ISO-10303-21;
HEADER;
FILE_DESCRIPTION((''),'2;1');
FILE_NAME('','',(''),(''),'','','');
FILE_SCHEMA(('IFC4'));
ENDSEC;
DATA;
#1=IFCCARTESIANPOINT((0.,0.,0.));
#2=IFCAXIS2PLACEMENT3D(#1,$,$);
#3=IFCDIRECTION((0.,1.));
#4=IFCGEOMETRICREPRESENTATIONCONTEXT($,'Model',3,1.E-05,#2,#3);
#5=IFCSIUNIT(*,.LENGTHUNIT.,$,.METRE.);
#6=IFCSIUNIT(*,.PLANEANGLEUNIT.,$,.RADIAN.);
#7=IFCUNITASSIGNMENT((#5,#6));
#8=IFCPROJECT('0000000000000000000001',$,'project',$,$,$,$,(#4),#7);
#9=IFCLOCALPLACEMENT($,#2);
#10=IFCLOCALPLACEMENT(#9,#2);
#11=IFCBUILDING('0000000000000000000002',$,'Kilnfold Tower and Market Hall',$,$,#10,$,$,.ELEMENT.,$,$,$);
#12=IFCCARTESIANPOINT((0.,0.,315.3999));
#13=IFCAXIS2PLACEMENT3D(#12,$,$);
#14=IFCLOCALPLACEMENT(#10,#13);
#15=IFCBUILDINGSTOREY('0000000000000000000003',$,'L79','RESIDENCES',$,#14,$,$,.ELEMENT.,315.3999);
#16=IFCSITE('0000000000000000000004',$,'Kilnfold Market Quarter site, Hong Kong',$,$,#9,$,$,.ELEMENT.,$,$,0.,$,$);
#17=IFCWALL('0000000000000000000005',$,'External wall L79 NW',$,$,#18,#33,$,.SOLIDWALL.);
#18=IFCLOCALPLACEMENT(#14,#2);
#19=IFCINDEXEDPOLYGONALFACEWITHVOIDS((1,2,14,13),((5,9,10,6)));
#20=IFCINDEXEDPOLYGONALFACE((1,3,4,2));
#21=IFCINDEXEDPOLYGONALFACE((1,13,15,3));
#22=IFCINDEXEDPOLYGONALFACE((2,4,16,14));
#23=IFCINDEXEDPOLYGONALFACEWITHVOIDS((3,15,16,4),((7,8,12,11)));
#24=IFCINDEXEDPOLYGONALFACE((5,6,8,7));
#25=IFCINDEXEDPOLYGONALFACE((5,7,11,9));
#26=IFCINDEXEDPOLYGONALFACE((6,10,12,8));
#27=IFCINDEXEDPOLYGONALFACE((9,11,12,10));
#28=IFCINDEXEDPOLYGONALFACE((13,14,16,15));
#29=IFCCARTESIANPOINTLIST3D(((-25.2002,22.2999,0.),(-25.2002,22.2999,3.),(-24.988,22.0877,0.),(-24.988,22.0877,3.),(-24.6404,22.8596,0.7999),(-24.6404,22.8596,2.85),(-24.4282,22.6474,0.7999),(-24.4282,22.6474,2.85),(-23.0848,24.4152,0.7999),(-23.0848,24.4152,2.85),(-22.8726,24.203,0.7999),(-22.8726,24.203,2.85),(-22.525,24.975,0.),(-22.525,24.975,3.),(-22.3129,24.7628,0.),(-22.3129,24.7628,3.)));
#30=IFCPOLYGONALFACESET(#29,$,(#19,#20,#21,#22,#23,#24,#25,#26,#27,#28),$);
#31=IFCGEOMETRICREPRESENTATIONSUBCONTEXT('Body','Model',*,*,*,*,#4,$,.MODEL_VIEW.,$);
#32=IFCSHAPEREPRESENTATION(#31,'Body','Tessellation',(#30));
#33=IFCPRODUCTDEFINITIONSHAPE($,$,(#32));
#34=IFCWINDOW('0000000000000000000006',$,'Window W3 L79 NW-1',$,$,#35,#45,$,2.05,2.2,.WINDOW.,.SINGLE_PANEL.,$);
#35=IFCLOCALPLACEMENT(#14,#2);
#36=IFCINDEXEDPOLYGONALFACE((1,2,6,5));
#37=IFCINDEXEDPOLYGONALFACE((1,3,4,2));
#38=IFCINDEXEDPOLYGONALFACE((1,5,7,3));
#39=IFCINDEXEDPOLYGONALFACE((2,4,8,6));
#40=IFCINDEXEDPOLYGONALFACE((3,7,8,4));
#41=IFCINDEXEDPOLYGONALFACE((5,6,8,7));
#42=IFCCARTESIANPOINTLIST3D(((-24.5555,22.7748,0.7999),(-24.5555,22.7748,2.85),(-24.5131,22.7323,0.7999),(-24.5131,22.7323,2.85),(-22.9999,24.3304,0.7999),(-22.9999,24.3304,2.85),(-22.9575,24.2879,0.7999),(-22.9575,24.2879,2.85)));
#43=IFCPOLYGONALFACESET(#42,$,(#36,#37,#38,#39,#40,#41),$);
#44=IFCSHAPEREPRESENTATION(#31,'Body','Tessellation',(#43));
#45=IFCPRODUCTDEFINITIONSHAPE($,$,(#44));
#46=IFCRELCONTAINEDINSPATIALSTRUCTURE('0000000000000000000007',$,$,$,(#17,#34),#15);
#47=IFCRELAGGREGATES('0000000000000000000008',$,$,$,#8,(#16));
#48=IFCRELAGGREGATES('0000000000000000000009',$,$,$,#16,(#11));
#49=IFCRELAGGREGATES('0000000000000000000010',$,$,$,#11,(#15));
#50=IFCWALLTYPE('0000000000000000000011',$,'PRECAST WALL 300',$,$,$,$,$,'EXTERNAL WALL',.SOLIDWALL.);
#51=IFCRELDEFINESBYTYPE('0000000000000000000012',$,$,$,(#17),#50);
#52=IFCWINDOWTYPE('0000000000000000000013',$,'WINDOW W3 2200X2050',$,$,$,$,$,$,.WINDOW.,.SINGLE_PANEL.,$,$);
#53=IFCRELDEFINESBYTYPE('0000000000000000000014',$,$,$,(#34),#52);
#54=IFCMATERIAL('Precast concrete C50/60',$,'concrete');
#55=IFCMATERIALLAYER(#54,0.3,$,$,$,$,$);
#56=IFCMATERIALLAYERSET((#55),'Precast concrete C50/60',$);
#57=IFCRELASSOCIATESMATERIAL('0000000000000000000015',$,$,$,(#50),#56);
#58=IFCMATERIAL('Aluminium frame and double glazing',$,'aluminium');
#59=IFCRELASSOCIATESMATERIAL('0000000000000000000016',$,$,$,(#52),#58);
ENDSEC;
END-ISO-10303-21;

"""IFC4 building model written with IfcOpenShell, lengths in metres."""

from ifc_helpers import new_model, si_unit, direction, frame, frame_2d, origin, place, context, subcontext, project, spatial, rectangle, extrude, source, transform, mapped, material, layer, layer_set, type_object, element, fill, save


model = new_model("IFC4")

# Units and contexts
model_context = context("Model", 3, precision=1e-05, world=origin(), true_north=direction((0.0, 1.0)))
body_context = subcontext(model_context, "Body", "Model", "MODEL_VIEW")
ifc_project = project(units=[si_unit("LENGTHUNIT", "METRE"), si_unit("PLANEANGLEUNIT", "RADIAN")], contexts=[model_context])

# Site, building, storey
site_placement = place(None, origin())
site = spatial("IfcSite", under=ifc_project, at=site_placement, Name="Kilnfold Market Quarter site, Hong Kong", CompositionType="ELEMENT", RefElevation=0.0)
building_placement = place(site_placement, origin())
building = spatial("IfcBuilding", under=site, at=building_placement, Name="Kilnfold Tower and Market Hall", CompositionType="ELEMENT")
storey_placement = place(building_placement, frame((0.0, 0.0, 315.3999)))
storey = spatial("IfcBuildingStorey", under=building, at=storey_placement, Name="L79", Description="RESIDENCES", CompositionType="ELEMENT", Elevation=315.3999)

# Shared definitions
ifc_material_1 = material(Name="Precast concrete C50/60", Category="concrete")
ifc_layer_1 = layer(ifc_material_1, 0.3)
ifc_layer_set_1 = layer_set([ifc_layer_1], Name="Precast concrete C50/60")
wall_type_1 = type_object("IfcWallType", Name="PRECAST WALL 300", ElementType="EXTERNAL WALL", PredefinedType="SOLIDWALL", material=ifc_layer_set_1)
ifc_material_2 = material(Name="Aluminium frame and double glazing", Category="aluminium")
window_type = type_object("IfcWindowType", Name="WINDOW W3 2200X2050", PartitioningType="SINGLE_PANEL", PredefinedType="WINDOW", material=ifc_material_2)

# Wall, opening, window
shared_shape_1 = source(origin(), body_context, "Body", "SweptSolid", [
    extrude(rectangle(XDim=3.7832, YDim=0.3, at=frame_2d((1.8916, 0.0))), origin(), (0.0, 0.0, 1.0), 3.0),
])
wall_1_placement = place(storey_placement, frame((-22.4189, 24.8689, 0.0), z_axis=(0.0, 0.0, 1.0), x_axis=(-0.707107, -0.707107, 0.0)))
wall_1 = element("IfcWall", 1, at=wall_1_placement, inside=storey, type_object=wall_type_1, Name="External wall L79 NW", PredefinedType="SOLIDWALL", context=body_context, shape_type="MappedRepresentation", body=[
    mapped(shared_shape_1, transform((0.0, 0.0, 0.0))),
])
opening_1_placement = place(wall_1_placement, frame((0.7915, 0.0, 0.8)))
opening_1 = element("IfcOpeningElement", 2, at=opening_1_placement, cuts=wall_1, PredefinedType="OPENING", context=body_context, shape_type="SweptSolid", body=[
    extrude(rectangle(XDim=2.2, YDim=2.05, at=frame_2d((1.1001, 1.0249))), frame((0.0, 0.1602, 0.0), z_axis=(0.0, -1.0, 0.0), x_axis=(1.0, 0.0, 0.0)), (0.0, 0.0, 1.0), 0.3201),
])
window_1_placement = place(opening_1_placement, origin())
window_1 = element("IfcWindow", 3, at=window_1_placement, inside=storey, type_object=window_type, Name="Window W3 L79 NW-1", OverallHeight=2.05, OverallWidth=2.2, PartitioningType="SINGLE_PANEL", PredefinedType="WINDOW", context=body_context, shape_type="SweptSolid", body=[
    extrude(rectangle(XDim=2.2, YDim=2.05, at=frame_2d((1.1001, 1.0249))), frame((0.0, 0.03, 0.0), z_axis=(0.0, -1.0, 0.0), x_axis=(1.0, 0.0, 0.0)), (0.0, 0.0, 1.0), 0.0601),
])
fill(opening_1, window_1)

save(model, "model.ifc")
